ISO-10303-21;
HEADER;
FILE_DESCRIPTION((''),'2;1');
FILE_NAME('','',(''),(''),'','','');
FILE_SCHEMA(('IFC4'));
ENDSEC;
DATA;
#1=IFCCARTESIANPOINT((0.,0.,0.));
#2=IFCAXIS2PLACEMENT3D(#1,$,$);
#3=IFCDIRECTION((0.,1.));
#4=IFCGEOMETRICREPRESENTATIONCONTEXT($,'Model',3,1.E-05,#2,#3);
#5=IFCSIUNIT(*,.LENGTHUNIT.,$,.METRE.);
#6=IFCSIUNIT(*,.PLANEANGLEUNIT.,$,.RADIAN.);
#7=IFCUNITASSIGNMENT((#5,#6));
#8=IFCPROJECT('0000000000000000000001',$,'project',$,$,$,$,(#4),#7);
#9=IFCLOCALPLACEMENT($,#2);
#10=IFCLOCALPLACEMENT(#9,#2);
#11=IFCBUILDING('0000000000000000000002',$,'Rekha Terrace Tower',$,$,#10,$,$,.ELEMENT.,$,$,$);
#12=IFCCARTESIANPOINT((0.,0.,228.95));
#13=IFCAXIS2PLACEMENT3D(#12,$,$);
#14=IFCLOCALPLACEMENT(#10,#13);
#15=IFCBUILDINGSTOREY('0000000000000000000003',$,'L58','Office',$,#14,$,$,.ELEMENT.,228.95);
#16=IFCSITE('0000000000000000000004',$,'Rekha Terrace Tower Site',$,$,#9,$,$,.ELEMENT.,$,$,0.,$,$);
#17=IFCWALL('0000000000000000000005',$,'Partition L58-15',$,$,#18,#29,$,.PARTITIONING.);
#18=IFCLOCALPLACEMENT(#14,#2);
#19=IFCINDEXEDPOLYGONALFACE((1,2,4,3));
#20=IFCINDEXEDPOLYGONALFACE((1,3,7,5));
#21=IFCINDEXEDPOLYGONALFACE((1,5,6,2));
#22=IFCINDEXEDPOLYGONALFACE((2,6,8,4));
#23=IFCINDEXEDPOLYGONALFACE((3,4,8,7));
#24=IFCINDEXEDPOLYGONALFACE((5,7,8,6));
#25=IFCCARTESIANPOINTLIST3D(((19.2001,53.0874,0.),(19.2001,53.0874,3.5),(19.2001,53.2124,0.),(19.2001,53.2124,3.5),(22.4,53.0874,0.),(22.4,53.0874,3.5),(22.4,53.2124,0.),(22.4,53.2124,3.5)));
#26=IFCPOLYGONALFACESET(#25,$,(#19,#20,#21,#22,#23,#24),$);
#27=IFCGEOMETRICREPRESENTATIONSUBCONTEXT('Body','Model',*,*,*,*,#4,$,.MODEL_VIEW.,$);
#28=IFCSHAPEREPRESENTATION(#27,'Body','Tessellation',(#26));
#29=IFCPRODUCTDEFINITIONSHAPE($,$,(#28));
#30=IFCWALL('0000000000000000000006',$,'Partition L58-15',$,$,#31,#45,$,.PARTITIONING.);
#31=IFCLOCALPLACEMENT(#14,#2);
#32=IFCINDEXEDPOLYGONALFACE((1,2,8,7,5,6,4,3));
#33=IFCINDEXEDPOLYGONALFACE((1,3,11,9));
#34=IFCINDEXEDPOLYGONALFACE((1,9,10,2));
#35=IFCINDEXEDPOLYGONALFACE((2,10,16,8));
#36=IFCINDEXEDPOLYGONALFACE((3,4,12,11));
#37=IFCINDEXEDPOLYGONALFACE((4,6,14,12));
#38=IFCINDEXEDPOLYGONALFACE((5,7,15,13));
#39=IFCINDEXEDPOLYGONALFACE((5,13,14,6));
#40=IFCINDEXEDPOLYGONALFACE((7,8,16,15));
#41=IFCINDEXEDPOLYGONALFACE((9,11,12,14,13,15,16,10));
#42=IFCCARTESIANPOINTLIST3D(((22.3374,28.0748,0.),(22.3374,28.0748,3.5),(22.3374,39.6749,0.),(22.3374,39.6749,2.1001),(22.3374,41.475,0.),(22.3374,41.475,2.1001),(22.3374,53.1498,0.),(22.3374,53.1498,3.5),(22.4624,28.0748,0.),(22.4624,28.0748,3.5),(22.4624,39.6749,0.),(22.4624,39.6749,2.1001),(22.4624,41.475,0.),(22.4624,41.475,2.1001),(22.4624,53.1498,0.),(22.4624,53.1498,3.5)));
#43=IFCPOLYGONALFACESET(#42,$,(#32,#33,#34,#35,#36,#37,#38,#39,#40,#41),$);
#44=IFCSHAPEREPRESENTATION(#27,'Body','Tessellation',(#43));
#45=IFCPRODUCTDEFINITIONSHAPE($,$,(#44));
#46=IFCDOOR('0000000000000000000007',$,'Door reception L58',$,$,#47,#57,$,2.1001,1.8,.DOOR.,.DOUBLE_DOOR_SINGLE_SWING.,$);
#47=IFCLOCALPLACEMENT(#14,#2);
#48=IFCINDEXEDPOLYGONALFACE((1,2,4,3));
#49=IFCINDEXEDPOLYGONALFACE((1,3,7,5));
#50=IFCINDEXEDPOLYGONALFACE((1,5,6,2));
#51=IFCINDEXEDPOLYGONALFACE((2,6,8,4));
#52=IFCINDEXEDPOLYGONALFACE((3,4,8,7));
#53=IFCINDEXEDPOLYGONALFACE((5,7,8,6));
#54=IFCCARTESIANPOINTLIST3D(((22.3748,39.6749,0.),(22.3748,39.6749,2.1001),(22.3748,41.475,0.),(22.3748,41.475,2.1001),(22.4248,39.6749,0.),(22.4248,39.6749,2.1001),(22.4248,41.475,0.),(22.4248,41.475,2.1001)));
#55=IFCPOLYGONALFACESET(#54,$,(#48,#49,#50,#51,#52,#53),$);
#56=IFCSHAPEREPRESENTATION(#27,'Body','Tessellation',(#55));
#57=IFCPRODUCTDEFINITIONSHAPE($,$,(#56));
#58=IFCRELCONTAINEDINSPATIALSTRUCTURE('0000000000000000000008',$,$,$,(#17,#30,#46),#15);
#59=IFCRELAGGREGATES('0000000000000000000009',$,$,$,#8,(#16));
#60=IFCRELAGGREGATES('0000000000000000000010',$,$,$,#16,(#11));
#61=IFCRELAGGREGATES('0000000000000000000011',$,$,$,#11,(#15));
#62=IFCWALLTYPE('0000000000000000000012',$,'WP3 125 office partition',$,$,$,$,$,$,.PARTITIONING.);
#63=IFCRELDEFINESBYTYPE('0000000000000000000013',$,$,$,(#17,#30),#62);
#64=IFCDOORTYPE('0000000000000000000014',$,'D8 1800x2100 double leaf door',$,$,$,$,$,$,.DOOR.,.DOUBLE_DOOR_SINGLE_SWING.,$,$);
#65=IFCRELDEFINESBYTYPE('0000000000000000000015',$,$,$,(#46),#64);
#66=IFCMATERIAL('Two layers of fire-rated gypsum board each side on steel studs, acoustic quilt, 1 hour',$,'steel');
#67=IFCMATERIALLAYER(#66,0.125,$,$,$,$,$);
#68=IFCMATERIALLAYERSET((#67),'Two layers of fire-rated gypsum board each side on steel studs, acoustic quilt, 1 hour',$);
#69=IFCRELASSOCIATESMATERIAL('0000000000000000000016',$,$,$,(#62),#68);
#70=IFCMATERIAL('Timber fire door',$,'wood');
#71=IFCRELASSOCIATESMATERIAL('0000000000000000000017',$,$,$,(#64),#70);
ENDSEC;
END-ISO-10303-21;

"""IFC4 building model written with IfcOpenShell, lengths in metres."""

from ifc_helpers import new_model, si_unit, direction, frame, frame_2d, origin, place, context, subcontext, project, spatial, rectangle, extrude, material, layer, layer_set, type_object, element, fill, save


model = new_model("IFC4")

# Units and contexts
model_context = context("Model", 3, precision=1e-05, world=origin(), true_north=direction((0.0, 1.0)))
body_context = subcontext(model_context, "Body", "Model", "MODEL_VIEW")
ifc_project = project(units=[si_unit("LENGTHUNIT", "METRE"), si_unit("PLANEANGLEUNIT", "RADIAN")], contexts=[model_context])

# Site, building, storey
site_placement = place(None, origin())
site = spatial("IfcSite", under=ifc_project, at=site_placement, Name="Rekha Terrace Tower Site", CompositionType="ELEMENT", RefElevation=0.0)
building_placement = place(site_placement, origin())
building = spatial("IfcBuilding", under=site, at=building_placement, Name="Rekha Terrace Tower", CompositionType="ELEMENT")
storey_placement = place(building_placement, frame((0.0, 0.0, 228.95)))
storey = spatial("IfcBuildingStorey", under=building, at=storey_placement, Name="L58", Description="Office", CompositionType="ELEMENT", Elevation=228.95)

# Shared definitions
ifc_material_1 = material(Name="Two layers of fire-rated gypsum board each side on steel studs, acoustic quilt, 1 hour", Category="steel")
ifc_layer_1 = layer(ifc_material_1, 0.125)
ifc_layer_set_1 = layer_set([ifc_layer_1], Name="Two layers of fire-rated gypsum board each side on steel studs, acoustic quilt, 1 hour")
wall_type_1 = type_object("IfcWallType", Name="WP3 125 office partition", PredefinedType="PARTITIONING", material=ifc_layer_set_1)
ifc_material_2 = material(Name="Timber fire door", Category="wood")

# Wall
wall_1_placement = place(storey_placement, frame((19.2, 53.1499, 0.0), z_axis=(0.0, 0.0, 1.0), x_axis=(1.0, 0.0, 0.0)))
element("IfcWall", 1, at=wall_1_placement, inside=storey, type_object=wall_type_1, Name="Partition L58-15", PredefinedType="PARTITIONING", context=body_context, shape_type="SweptSolid", body=[
    extrude(rectangle(XDim=3.2, YDim=0.125, at=frame_2d((1.6001, 0.0))), origin(), (0.0, 0.0, 1.0), 3.5),
])

# Wall, opening, door
wall_2_placement = place(storey_placement, frame((22.3999, 53.1499, 0.0), z_axis=(0.0, 0.0, 1.0), x_axis=(0.0, -1.0, 0.0)))
wall_2 = element("IfcWall", 2, at=wall_2_placement, inside=storey, type_object=wall_type_1, Name="Partition L58-15", PredefinedType="PARTITIONING", context=body_context, shape_type="SweptSolid", body=[
    extrude(rectangle(XDim=25.075, YDim=0.125, at=frame_2d((12.5376, 0.0))), origin(), (0.0, 0.0, 1.0), 3.5),
])
opening_1_placement = place(wall_2_placement, frame((11.675, 0.0, 0.0)))
opening_1 = element("IfcOpeningElement", 3, at=opening_1_placement, cuts=wall_2, PredefinedType="OPENING", context=body_context, shape_type="SweptSolid", body=[
    extrude(rectangle(XDim=1.8, YDim=2.1001, at=frame_2d((0.8999, 1.05))), frame((0.0, 0.0725, 0.0), z_axis=(0.0, -1.0, 0.0), x_axis=(1.0, 0.0, 0.0)), (0.0, 0.0, 1.0), 0.145),
])
door_type_1 = type_object("IfcDoorType", Name="D8 1800x2100 double leaf door", OperationType="DOUBLE_DOOR_SINGLE_SWING", PredefinedType="DOOR", material=ifc_material_2)
door_1_placement = place(opening_1_placement, origin())
door_1 = element("IfcDoor", 4, at=door_1_placement, inside=storey, type_object=door_type_1, Name="Door reception L58", OperationType="DOUBLE_DOOR_SINGLE_SWING", OverallHeight=2.1001, OverallWidth=1.8, PredefinedType="DOOR", context=body_context, shape_type="SweptSolid", body=[
    extrude(rectangle(XDim=1.8, YDim=2.1001, at=frame_2d((0.8999, 1.05))), frame((0.0, 0.0249, 0.0), z_axis=(0.0, -1.0, 0.0), x_axis=(1.0, 0.0, 0.0)), (0.0, 0.0, 1.0), 0.05),
])
fill(opening_1, door_1)

save(model, "model.ifc")
